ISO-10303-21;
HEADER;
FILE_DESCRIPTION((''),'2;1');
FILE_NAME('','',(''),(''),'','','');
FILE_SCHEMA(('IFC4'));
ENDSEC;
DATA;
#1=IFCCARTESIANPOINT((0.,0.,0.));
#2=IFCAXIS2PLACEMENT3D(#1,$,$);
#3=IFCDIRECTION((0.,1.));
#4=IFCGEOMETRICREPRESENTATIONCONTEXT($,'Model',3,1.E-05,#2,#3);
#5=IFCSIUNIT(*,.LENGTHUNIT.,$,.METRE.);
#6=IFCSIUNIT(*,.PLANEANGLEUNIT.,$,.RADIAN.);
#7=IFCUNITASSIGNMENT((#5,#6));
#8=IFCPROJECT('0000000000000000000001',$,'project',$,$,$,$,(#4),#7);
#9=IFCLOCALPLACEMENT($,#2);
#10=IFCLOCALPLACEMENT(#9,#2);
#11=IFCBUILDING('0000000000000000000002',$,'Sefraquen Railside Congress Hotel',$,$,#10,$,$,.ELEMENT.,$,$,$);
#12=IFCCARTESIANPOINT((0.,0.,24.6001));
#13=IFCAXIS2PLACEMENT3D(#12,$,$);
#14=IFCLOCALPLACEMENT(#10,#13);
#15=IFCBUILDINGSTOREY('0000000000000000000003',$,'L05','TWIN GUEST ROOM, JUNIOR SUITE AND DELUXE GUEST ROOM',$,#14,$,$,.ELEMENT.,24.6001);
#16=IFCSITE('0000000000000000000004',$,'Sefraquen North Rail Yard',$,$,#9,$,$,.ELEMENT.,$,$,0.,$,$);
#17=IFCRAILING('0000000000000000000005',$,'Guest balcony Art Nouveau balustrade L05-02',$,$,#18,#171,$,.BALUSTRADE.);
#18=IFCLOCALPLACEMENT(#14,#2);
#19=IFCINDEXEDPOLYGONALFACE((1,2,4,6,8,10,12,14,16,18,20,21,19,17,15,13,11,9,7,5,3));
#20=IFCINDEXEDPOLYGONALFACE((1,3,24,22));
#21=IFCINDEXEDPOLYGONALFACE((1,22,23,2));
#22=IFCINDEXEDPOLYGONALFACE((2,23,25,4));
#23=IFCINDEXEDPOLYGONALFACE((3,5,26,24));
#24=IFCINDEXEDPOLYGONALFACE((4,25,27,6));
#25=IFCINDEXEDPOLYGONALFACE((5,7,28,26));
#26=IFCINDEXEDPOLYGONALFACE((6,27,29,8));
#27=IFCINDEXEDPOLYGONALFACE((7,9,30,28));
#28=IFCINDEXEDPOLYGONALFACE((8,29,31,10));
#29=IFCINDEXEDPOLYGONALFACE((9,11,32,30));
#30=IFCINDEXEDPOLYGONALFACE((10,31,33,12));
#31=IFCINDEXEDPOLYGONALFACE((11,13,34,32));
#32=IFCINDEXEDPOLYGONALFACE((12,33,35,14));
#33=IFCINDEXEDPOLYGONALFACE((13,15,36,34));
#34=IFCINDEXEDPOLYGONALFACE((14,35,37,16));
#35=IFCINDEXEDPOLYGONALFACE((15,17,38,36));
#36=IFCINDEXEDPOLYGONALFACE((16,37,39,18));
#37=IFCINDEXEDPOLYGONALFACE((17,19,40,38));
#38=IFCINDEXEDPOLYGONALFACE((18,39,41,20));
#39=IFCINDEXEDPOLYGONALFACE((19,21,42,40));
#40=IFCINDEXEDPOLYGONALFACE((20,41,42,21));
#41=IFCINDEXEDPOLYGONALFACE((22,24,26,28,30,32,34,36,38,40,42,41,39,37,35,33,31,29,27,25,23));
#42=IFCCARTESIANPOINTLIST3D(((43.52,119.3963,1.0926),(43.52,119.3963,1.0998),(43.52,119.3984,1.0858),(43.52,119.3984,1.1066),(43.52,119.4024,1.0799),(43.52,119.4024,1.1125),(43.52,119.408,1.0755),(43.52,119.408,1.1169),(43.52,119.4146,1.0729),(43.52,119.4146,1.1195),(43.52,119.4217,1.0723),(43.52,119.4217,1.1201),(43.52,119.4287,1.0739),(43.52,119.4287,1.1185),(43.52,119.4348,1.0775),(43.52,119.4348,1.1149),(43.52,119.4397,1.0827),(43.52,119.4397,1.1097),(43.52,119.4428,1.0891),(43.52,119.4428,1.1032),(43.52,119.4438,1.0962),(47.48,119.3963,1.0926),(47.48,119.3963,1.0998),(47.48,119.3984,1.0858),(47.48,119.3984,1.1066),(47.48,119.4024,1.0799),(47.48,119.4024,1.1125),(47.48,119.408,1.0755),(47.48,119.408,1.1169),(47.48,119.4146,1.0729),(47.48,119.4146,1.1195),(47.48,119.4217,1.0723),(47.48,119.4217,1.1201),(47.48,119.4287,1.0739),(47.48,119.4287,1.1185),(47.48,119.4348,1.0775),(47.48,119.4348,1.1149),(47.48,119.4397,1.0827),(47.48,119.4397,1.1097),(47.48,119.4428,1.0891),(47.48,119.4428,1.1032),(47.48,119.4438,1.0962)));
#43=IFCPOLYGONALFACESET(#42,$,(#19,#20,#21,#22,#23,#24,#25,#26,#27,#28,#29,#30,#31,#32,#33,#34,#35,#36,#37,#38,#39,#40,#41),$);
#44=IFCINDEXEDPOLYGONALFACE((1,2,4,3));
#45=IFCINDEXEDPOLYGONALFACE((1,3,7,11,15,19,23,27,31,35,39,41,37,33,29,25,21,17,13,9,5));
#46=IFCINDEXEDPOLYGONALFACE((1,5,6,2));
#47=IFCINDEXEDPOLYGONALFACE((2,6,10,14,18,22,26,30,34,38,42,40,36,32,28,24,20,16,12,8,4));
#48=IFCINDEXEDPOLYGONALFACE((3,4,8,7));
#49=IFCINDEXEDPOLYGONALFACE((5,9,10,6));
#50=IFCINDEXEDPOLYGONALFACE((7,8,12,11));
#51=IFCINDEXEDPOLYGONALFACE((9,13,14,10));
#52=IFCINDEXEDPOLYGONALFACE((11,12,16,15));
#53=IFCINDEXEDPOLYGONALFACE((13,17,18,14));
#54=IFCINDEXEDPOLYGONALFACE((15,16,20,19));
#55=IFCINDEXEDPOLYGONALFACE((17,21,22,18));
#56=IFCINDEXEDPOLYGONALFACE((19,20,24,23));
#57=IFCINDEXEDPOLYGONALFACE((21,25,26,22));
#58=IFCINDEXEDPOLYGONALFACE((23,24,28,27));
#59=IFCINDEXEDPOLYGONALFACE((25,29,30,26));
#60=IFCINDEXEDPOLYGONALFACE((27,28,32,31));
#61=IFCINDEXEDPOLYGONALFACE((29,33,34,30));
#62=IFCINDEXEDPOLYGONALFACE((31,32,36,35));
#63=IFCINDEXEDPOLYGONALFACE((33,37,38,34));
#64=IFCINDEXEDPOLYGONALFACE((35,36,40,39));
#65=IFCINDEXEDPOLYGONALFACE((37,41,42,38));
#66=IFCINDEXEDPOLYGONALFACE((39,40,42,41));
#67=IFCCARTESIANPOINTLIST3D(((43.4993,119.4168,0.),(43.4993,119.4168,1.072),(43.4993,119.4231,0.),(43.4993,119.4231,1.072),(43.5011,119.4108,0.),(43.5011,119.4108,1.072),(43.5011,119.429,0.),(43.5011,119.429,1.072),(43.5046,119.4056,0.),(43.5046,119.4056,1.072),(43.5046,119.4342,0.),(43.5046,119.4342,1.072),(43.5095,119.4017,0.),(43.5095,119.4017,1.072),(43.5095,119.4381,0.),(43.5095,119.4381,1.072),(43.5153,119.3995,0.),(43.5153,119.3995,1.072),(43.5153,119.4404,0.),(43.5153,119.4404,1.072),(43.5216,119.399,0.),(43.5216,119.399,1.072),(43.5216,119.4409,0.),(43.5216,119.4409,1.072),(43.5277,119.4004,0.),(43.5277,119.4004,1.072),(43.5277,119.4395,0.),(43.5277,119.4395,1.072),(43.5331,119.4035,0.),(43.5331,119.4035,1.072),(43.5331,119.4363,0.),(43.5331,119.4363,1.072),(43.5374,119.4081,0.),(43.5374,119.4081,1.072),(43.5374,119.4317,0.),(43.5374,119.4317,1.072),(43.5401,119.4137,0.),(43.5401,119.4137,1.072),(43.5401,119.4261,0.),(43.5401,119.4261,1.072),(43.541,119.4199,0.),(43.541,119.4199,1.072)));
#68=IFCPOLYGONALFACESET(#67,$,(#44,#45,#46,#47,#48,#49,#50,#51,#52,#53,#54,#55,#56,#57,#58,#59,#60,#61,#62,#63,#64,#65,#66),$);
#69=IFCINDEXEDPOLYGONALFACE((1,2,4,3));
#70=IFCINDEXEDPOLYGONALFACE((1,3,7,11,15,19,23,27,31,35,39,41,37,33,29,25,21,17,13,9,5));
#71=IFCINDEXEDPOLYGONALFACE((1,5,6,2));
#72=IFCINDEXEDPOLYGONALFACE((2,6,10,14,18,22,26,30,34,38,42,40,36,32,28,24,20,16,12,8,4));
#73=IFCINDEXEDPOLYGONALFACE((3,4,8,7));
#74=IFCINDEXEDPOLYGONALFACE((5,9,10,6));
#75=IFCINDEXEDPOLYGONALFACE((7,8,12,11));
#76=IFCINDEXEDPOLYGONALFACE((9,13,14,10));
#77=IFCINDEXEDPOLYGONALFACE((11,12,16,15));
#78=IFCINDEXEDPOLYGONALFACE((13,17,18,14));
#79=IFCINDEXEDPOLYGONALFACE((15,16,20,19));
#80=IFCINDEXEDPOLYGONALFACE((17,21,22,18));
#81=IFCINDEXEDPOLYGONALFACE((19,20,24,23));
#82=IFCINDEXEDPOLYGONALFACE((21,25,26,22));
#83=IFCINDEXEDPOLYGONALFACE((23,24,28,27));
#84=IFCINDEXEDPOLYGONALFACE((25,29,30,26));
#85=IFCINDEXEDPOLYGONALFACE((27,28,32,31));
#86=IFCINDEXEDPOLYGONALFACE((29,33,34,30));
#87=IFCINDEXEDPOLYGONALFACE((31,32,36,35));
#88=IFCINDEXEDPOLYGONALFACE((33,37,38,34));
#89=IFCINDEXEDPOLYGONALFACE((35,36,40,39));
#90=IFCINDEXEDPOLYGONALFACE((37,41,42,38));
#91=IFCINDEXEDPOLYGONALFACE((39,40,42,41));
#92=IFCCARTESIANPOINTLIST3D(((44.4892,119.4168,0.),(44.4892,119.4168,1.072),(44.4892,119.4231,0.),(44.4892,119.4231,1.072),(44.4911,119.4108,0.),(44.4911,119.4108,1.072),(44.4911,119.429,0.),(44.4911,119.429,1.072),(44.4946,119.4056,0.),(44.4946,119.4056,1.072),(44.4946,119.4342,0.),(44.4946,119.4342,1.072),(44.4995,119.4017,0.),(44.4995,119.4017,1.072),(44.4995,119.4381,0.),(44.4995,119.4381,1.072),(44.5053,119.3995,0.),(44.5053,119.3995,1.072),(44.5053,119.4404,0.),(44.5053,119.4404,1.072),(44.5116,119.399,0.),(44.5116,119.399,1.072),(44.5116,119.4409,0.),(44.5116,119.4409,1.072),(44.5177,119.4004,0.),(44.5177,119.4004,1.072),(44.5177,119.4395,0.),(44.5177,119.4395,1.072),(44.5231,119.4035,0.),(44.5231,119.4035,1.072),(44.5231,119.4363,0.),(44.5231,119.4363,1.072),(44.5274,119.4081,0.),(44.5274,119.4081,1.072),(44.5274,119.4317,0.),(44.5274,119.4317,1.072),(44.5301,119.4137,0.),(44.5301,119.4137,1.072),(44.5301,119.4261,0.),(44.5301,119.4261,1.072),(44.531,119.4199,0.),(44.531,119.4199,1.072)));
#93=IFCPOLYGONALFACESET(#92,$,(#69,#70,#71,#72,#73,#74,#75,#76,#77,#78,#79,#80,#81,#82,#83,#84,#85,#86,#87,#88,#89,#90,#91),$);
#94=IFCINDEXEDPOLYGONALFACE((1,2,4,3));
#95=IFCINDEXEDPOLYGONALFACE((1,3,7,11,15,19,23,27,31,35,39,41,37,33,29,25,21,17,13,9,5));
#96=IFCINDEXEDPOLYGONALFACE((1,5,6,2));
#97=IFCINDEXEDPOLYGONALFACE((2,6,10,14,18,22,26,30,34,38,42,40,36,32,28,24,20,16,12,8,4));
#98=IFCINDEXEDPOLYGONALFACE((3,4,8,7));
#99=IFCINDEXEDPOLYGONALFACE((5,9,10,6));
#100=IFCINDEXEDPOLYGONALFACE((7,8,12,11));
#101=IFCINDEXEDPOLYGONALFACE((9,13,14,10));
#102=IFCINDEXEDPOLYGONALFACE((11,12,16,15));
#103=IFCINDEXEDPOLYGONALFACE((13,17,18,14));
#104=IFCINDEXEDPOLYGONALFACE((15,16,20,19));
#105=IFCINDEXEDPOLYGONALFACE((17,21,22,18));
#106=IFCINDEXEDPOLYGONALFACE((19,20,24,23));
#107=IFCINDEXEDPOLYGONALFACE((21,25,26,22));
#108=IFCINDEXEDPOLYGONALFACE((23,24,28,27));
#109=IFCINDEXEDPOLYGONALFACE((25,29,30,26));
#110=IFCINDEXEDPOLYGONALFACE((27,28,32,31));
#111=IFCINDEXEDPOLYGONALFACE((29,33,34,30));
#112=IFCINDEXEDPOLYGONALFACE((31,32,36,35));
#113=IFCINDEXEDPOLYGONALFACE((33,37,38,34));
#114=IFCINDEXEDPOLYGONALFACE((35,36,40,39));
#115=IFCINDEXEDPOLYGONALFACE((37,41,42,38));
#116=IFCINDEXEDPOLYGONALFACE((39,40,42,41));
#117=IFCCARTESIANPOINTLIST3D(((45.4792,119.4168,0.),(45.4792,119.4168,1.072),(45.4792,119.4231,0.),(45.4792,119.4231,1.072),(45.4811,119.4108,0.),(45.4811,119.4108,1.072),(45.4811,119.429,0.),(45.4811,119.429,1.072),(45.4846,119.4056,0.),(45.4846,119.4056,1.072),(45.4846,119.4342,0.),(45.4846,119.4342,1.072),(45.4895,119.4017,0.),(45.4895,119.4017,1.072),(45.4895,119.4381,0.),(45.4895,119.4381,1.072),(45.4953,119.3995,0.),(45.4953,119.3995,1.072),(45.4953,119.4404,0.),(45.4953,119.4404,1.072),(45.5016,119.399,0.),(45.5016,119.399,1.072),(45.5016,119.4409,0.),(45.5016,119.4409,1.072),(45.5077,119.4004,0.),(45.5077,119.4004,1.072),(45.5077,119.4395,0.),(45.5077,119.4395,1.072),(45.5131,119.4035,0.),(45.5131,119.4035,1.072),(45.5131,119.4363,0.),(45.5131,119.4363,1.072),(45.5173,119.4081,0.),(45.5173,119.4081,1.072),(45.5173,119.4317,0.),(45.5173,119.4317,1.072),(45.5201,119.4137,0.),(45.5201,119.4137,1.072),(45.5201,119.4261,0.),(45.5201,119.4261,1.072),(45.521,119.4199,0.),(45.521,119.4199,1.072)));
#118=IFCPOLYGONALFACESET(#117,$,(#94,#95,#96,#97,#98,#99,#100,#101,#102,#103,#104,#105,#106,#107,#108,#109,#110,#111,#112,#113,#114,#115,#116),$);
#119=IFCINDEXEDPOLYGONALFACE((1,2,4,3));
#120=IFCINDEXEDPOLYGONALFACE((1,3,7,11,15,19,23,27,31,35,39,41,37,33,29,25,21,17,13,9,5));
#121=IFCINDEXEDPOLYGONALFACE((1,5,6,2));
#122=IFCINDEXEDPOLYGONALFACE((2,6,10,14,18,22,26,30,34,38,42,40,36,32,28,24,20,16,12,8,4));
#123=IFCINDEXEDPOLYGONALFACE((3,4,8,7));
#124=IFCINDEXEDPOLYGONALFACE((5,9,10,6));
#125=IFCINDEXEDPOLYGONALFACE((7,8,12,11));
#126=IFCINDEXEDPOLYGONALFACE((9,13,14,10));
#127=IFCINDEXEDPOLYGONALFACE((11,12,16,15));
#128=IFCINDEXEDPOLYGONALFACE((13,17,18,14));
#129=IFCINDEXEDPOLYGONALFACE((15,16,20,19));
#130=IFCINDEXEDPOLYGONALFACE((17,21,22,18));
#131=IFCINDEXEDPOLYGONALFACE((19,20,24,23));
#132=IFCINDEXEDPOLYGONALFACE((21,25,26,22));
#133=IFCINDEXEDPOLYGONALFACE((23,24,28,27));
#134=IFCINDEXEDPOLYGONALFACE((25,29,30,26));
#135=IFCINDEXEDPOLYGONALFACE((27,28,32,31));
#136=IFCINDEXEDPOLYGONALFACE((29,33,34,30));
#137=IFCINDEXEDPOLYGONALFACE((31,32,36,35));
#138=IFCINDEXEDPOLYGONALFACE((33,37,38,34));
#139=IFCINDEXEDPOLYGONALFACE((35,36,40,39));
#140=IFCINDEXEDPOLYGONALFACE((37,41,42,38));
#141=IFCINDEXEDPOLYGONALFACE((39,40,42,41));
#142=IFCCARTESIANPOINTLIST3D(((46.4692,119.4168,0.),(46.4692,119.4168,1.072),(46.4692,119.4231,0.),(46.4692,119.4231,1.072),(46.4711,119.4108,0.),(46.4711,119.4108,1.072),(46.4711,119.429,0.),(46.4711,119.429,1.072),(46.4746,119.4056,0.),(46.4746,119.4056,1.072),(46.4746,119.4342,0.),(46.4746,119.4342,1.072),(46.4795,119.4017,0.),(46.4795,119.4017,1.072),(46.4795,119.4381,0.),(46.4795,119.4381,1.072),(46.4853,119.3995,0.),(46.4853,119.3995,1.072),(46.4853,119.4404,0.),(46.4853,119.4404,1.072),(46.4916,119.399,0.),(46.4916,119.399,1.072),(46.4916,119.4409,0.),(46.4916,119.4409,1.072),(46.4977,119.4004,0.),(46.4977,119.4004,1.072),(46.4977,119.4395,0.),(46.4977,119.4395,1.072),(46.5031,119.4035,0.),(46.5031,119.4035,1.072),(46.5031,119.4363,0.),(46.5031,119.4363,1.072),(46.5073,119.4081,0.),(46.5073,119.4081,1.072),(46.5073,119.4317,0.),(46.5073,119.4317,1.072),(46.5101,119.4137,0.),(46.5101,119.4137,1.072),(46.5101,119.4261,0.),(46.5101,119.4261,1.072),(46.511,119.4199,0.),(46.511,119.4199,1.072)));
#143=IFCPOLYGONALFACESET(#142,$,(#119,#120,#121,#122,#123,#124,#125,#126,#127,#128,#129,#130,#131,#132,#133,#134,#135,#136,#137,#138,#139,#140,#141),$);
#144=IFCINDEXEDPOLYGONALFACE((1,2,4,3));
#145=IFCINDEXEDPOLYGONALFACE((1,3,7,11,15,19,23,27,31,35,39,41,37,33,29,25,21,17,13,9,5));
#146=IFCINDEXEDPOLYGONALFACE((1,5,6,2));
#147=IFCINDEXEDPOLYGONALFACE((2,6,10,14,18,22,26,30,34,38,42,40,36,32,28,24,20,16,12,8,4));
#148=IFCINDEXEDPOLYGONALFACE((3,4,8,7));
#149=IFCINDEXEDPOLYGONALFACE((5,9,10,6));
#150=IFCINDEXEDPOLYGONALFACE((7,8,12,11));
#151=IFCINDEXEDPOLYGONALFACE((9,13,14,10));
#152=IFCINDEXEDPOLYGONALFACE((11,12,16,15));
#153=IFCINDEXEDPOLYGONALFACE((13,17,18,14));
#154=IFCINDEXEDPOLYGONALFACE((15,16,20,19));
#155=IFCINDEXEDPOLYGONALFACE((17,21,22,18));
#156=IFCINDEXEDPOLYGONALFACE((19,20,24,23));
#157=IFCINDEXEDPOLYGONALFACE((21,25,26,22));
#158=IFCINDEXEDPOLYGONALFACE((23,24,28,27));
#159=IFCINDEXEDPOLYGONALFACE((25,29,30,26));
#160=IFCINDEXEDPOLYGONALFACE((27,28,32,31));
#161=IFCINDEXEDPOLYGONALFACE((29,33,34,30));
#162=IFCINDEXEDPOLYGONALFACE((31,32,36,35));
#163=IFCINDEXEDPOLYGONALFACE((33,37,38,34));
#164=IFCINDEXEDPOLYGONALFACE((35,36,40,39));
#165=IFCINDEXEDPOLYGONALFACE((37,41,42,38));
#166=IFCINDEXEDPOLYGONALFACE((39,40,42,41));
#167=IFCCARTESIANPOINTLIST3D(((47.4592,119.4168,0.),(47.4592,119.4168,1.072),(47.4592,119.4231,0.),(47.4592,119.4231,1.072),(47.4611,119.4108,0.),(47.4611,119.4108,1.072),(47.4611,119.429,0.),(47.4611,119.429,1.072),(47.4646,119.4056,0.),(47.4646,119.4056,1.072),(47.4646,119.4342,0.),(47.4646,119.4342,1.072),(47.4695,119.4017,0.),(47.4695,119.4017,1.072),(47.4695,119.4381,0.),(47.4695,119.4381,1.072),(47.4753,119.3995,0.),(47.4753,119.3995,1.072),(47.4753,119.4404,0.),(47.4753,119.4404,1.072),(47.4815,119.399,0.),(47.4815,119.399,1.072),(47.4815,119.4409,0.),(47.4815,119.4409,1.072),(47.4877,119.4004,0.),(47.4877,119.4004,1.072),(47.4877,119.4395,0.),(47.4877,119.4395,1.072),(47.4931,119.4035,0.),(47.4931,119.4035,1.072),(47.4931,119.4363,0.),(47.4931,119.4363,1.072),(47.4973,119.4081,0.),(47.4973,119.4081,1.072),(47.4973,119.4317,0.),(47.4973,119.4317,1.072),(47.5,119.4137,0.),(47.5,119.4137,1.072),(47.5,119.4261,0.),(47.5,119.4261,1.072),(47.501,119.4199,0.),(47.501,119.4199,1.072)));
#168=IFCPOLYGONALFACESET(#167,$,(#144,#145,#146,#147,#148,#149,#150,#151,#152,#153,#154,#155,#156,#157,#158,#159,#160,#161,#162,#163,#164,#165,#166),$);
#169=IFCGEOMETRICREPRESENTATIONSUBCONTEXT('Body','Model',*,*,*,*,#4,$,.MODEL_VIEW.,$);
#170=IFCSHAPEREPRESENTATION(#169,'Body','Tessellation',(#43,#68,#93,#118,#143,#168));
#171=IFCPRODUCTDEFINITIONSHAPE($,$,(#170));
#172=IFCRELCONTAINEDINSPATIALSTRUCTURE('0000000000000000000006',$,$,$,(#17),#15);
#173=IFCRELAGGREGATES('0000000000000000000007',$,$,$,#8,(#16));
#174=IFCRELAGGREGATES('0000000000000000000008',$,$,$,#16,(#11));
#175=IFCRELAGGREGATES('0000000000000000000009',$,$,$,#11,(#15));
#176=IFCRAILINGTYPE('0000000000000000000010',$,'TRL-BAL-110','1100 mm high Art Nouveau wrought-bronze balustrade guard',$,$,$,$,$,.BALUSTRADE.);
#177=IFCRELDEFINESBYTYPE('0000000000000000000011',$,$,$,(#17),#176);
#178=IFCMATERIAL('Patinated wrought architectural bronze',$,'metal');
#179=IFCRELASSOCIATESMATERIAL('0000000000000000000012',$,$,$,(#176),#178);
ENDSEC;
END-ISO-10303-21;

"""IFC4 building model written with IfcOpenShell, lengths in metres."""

from ifc_helpers import new_model, si_unit, direction, frame, origin, origin_2d, place, context, subcontext, project, spatial, circle, extrude, material, type_object, element, save


model = new_model("IFC4")

# Units and contexts
model_context = context("Model", 3, precision=1e-05, world=origin(), true_north=direction((0.0, 1.0)))
body_context = subcontext(model_context, "Body", "Model", "MODEL_VIEW")
ifc_project = project(units=[si_unit("LENGTHUNIT", "METRE"), si_unit("PLANEANGLEUNIT", "RADIAN")], contexts=[model_context])

# Site, building, storey
site_placement = place(None, origin())
site = spatial("IfcSite", under=ifc_project, at=site_placement, Name="Sefraquen North Rail Yard", CompositionType="ELEMENT", RefElevation=0.0)
building_placement = place(site_placement, origin())
building = spatial("IfcBuilding", under=site, at=building_placement, Name="Sefraquen Railside Congress Hotel", CompositionType="ELEMENT")
storey_placement = place(building_placement, frame((0.0, 0.0, 24.6001)))
storey = spatial("IfcBuildingStorey", under=building, at=storey_placement, Name="L05", Description="TWIN GUEST ROOM, JUNIOR SUITE AND DELUXE GUEST ROOM", CompositionType="ELEMENT", Elevation=24.6001)

# Railing
ifc_material_1 = material(Name="Patinated wrought architectural bronze", Category="metal")
railing_type = type_object("IfcRailingType", Name="TRL-BAL-110", Description="1100 mm high Art Nouveau wrought-bronze balustrade guard", PredefinedType="BALUSTRADE", material=ifc_material_1)
railing_1_placement = place(storey_placement, frame((43.52, 119.4199, 0.0)))
element("IfcRailing", 1, at=railing_1_placement, inside=storey, type_object=railing_type, Name="Guest balcony Art Nouveau balustrade L05-02", PredefinedType="BALUSTRADE", context=body_context, shape_type="SweptSolid", body=[
    extrude(circle(Radius=0.0239, at=origin_2d()), frame((0.0, 0.0, 1.0962), z_axis=(1.0, 0.0, 0.0), x_axis=(0.0, 1.0, 0.0)), (0.0, 0.0, 1.0), 3.96),
    extrude(circle(Radius=0.021, at=origin_2d()), origin(), (0.0, 0.0, 1.0), 1.072),
    extrude(circle(Radius=0.021, at=origin_2d()), frame((0.99, 0.0, 0.0)), (0.0, 0.0, 1.0), 1.072),
    extrude(circle(Radius=0.021, at=origin_2d()), frame((1.98, 0.0, 0.0)), (0.0, 0.0, 1.0), 1.072),
    extrude(circle(Radius=0.021, at=origin_2d()), frame((2.97, 0.0, 0.0)), (0.0, 0.0, 1.0), 1.072),
    extrude(circle(Radius=0.021, at=origin_2d()), frame((3.96, 0.0, 0.0)), (0.0, 0.0, 1.0), 1.072),
])

save(model, "model.ifc")
